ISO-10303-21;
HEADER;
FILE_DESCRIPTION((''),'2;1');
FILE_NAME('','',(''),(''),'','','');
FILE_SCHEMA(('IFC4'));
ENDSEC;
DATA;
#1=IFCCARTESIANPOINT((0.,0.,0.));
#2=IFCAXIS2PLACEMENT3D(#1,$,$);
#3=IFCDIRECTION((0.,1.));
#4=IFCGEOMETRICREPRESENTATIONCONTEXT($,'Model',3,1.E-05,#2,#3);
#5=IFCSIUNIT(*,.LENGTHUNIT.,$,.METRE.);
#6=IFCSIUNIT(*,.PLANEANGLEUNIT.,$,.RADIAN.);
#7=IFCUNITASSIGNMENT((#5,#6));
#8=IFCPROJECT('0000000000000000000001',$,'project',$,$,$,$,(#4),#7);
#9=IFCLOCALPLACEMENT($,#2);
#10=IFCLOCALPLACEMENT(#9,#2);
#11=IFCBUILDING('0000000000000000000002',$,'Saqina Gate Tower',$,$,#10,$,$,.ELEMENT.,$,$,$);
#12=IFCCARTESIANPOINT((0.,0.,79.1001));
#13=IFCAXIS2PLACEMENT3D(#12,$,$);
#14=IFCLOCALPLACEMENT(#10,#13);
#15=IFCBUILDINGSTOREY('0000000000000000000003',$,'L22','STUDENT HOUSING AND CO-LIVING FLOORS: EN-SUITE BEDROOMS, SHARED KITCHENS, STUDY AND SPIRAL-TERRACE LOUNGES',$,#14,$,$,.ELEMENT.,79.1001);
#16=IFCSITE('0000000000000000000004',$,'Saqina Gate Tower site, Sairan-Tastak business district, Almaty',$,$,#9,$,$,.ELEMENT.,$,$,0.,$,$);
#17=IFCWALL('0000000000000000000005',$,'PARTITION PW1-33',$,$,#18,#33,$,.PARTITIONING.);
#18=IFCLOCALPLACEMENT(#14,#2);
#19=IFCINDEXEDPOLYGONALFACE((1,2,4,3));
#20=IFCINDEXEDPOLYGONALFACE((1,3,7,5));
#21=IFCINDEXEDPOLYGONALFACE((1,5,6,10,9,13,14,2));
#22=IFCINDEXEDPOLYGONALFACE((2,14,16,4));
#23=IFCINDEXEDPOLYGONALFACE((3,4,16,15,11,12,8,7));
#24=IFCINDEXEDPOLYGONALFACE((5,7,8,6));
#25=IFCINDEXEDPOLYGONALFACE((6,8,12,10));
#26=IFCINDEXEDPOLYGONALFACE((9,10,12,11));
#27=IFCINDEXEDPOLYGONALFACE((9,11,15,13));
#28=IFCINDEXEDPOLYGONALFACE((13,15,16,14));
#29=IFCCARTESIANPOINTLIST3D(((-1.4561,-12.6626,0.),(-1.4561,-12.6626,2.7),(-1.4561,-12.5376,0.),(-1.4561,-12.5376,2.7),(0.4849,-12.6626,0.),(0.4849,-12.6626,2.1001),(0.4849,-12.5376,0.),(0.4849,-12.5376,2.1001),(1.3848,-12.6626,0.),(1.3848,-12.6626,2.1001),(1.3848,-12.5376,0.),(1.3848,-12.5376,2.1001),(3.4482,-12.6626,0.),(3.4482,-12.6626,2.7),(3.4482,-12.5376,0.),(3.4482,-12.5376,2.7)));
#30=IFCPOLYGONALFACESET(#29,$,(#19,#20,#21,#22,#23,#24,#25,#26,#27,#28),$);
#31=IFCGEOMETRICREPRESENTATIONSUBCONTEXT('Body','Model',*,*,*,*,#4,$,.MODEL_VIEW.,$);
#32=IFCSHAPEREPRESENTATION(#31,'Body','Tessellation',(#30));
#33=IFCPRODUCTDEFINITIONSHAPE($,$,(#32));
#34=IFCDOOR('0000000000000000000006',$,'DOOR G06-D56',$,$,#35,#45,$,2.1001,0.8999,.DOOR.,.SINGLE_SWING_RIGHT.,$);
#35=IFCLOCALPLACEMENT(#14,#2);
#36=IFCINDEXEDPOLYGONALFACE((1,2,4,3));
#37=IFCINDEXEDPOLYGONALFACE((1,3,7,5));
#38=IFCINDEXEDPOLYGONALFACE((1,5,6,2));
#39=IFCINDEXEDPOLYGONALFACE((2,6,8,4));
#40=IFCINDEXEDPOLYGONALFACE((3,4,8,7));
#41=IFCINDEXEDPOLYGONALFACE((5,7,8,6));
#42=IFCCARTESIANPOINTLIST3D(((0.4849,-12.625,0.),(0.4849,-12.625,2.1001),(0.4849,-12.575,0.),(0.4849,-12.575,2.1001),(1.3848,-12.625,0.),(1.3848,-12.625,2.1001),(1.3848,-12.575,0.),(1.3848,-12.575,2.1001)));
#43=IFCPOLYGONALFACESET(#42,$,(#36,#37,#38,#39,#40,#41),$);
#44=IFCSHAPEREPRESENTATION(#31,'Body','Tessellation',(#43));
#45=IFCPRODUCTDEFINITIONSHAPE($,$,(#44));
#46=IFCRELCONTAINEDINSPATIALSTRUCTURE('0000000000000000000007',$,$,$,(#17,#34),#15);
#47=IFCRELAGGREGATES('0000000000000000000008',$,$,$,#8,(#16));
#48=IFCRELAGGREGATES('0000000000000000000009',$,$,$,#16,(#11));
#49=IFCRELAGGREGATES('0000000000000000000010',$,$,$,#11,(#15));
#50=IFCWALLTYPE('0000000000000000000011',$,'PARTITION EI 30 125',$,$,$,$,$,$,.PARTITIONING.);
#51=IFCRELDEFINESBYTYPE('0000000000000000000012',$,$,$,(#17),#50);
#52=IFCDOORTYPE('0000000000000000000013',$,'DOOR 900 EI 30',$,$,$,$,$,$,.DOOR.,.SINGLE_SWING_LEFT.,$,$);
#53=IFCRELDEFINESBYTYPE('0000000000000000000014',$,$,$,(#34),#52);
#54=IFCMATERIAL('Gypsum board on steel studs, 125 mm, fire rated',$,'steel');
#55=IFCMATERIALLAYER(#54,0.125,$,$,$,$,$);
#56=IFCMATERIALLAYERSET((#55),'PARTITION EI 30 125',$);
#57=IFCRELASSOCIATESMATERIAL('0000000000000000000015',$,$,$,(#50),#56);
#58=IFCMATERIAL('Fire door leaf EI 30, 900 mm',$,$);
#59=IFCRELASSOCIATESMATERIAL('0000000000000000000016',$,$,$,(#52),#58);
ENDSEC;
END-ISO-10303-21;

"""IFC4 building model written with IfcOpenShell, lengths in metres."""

from ifc_helpers import new_model, si_unit, direction, frame, frame_2d, origin, place, context, subcontext, project, spatial, rectangle, extrude, material, layer, layer_set, type_object, element, fill, save


model = new_model("IFC4")

# Units and contexts
model_context = context("Model", 3, precision=1e-05, world=origin(), true_north=direction((0.0, 1.0)))
body_context = subcontext(model_context, "Body", "Model", "MODEL_VIEW")
ifc_project = project(units=[si_unit("LENGTHUNIT", "METRE"), si_unit("PLANEANGLEUNIT", "RADIAN")], contexts=[model_context])

# Site, building, storey
site_placement = place(None, origin())
site = spatial("IfcSite", under=ifc_project, at=site_placement, Name="Saqina Gate Tower site, Sairan-Tastak business district, Almaty", CompositionType="ELEMENT", RefElevation=0.0)
building_placement = place(site_placement, origin())
building = spatial("IfcBuilding", under=site, at=building_placement, Name="Saqina Gate Tower", CompositionType="ELEMENT")
storey_placement = place(building_placement, frame((0.0, 0.0, 79.1001)))
storey = spatial("IfcBuildingStorey", under=building, at=storey_placement, Name="L22", Description="STUDENT HOUSING AND CO-LIVING FLOORS: EN-SUITE BEDROOMS, SHARED KITCHENS, STUDY AND SPIRAL-TERRACE LOUNGES", CompositionType="ELEMENT", Elevation=79.1001)

# Wall, opening, door
ifc_material_1 = material(Name="Gypsum board on steel studs, 125 mm, fire rated", Category="steel")
ifc_layer_1 = layer(ifc_material_1, 0.125)
ifc_layer_set_1 = layer_set([ifc_layer_1], Name="PARTITION EI 30 125")
wall_type_1 = type_object("IfcWallType", Name="PARTITION EI 30 125", PredefinedType="PARTITIONING", material=ifc_layer_set_1)
wall_1_placement = place(storey_placement, frame((-1.4561, -12.6001, 0.0), z_axis=(0.0, 0.0, 1.0), x_axis=(1.0, 0.0, 0.0)))
wall_1 = element("IfcWall", 1, at=wall_1_placement, inside=storey, type_object=wall_type_1, Name="PARTITION PW1-33", PredefinedType="PARTITIONING", context=body_context, shape_type="SweptSolid", body=[
    extrude(rectangle(XDim=4.9043, YDim=0.125, at=frame_2d((2.4521, 0.0))), origin(), (0.0, 0.0, 1.0), 2.7),
])
opening_1_placement = place(wall_1_placement, frame((1.9409, 0.0, 0.0)))
opening_1 = element("IfcOpeningElement", 2, at=opening_1_placement, cuts=wall_1, PredefinedType="OPENING", context=body_context, shape_type="SweptSolid", body=[
    extrude(rectangle(XDim=0.8999, YDim=2.1001, at=frame_2d((0.45, 1.05))), frame((0.0, 0.0745, 0.0), z_axis=(0.0, -1.0, 0.0), x_axis=(1.0, 0.0, 0.0)), (0.0, 0.0, 1.0), 0.1489),
])
ifc_material_2 = material(Name="Fire door leaf EI 30, 900 mm")
door_type_1 = type_object("IfcDoorType", Name="DOOR 900 EI 30", OperationType="SINGLE_SWING_LEFT", PredefinedType="DOOR", material=ifc_material_2)
door_1_placement = place(opening_1_placement, frame((0.8999, 0.0, 0.0), z_axis=(0.0, 0.0, 1.0), x_axis=(-1.0, 0.0, 0.0)))
door_1 = element("IfcDoor", 3, at=door_1_placement, inside=storey, type_object=door_type_1, Name="DOOR G06-D56", OperationType="SINGLE_SWING_RIGHT", OverallHeight=2.1001, OverallWidth=0.8999, PredefinedType="DOOR", context=body_context, shape_type="SweptSolid", body=[
    extrude(rectangle(XDim=0.8999, YDim=2.1001, at=frame_2d((0.45, 1.05))), frame((0.0, 0.0249, 0.0), z_axis=(0.0, -1.0, 0.0), x_axis=(1.0, 0.0, 0.0)), (0.0, 0.0, 1.0), 0.05),
])
fill(opening_1, door_1)

save(model, "model.ifc")
